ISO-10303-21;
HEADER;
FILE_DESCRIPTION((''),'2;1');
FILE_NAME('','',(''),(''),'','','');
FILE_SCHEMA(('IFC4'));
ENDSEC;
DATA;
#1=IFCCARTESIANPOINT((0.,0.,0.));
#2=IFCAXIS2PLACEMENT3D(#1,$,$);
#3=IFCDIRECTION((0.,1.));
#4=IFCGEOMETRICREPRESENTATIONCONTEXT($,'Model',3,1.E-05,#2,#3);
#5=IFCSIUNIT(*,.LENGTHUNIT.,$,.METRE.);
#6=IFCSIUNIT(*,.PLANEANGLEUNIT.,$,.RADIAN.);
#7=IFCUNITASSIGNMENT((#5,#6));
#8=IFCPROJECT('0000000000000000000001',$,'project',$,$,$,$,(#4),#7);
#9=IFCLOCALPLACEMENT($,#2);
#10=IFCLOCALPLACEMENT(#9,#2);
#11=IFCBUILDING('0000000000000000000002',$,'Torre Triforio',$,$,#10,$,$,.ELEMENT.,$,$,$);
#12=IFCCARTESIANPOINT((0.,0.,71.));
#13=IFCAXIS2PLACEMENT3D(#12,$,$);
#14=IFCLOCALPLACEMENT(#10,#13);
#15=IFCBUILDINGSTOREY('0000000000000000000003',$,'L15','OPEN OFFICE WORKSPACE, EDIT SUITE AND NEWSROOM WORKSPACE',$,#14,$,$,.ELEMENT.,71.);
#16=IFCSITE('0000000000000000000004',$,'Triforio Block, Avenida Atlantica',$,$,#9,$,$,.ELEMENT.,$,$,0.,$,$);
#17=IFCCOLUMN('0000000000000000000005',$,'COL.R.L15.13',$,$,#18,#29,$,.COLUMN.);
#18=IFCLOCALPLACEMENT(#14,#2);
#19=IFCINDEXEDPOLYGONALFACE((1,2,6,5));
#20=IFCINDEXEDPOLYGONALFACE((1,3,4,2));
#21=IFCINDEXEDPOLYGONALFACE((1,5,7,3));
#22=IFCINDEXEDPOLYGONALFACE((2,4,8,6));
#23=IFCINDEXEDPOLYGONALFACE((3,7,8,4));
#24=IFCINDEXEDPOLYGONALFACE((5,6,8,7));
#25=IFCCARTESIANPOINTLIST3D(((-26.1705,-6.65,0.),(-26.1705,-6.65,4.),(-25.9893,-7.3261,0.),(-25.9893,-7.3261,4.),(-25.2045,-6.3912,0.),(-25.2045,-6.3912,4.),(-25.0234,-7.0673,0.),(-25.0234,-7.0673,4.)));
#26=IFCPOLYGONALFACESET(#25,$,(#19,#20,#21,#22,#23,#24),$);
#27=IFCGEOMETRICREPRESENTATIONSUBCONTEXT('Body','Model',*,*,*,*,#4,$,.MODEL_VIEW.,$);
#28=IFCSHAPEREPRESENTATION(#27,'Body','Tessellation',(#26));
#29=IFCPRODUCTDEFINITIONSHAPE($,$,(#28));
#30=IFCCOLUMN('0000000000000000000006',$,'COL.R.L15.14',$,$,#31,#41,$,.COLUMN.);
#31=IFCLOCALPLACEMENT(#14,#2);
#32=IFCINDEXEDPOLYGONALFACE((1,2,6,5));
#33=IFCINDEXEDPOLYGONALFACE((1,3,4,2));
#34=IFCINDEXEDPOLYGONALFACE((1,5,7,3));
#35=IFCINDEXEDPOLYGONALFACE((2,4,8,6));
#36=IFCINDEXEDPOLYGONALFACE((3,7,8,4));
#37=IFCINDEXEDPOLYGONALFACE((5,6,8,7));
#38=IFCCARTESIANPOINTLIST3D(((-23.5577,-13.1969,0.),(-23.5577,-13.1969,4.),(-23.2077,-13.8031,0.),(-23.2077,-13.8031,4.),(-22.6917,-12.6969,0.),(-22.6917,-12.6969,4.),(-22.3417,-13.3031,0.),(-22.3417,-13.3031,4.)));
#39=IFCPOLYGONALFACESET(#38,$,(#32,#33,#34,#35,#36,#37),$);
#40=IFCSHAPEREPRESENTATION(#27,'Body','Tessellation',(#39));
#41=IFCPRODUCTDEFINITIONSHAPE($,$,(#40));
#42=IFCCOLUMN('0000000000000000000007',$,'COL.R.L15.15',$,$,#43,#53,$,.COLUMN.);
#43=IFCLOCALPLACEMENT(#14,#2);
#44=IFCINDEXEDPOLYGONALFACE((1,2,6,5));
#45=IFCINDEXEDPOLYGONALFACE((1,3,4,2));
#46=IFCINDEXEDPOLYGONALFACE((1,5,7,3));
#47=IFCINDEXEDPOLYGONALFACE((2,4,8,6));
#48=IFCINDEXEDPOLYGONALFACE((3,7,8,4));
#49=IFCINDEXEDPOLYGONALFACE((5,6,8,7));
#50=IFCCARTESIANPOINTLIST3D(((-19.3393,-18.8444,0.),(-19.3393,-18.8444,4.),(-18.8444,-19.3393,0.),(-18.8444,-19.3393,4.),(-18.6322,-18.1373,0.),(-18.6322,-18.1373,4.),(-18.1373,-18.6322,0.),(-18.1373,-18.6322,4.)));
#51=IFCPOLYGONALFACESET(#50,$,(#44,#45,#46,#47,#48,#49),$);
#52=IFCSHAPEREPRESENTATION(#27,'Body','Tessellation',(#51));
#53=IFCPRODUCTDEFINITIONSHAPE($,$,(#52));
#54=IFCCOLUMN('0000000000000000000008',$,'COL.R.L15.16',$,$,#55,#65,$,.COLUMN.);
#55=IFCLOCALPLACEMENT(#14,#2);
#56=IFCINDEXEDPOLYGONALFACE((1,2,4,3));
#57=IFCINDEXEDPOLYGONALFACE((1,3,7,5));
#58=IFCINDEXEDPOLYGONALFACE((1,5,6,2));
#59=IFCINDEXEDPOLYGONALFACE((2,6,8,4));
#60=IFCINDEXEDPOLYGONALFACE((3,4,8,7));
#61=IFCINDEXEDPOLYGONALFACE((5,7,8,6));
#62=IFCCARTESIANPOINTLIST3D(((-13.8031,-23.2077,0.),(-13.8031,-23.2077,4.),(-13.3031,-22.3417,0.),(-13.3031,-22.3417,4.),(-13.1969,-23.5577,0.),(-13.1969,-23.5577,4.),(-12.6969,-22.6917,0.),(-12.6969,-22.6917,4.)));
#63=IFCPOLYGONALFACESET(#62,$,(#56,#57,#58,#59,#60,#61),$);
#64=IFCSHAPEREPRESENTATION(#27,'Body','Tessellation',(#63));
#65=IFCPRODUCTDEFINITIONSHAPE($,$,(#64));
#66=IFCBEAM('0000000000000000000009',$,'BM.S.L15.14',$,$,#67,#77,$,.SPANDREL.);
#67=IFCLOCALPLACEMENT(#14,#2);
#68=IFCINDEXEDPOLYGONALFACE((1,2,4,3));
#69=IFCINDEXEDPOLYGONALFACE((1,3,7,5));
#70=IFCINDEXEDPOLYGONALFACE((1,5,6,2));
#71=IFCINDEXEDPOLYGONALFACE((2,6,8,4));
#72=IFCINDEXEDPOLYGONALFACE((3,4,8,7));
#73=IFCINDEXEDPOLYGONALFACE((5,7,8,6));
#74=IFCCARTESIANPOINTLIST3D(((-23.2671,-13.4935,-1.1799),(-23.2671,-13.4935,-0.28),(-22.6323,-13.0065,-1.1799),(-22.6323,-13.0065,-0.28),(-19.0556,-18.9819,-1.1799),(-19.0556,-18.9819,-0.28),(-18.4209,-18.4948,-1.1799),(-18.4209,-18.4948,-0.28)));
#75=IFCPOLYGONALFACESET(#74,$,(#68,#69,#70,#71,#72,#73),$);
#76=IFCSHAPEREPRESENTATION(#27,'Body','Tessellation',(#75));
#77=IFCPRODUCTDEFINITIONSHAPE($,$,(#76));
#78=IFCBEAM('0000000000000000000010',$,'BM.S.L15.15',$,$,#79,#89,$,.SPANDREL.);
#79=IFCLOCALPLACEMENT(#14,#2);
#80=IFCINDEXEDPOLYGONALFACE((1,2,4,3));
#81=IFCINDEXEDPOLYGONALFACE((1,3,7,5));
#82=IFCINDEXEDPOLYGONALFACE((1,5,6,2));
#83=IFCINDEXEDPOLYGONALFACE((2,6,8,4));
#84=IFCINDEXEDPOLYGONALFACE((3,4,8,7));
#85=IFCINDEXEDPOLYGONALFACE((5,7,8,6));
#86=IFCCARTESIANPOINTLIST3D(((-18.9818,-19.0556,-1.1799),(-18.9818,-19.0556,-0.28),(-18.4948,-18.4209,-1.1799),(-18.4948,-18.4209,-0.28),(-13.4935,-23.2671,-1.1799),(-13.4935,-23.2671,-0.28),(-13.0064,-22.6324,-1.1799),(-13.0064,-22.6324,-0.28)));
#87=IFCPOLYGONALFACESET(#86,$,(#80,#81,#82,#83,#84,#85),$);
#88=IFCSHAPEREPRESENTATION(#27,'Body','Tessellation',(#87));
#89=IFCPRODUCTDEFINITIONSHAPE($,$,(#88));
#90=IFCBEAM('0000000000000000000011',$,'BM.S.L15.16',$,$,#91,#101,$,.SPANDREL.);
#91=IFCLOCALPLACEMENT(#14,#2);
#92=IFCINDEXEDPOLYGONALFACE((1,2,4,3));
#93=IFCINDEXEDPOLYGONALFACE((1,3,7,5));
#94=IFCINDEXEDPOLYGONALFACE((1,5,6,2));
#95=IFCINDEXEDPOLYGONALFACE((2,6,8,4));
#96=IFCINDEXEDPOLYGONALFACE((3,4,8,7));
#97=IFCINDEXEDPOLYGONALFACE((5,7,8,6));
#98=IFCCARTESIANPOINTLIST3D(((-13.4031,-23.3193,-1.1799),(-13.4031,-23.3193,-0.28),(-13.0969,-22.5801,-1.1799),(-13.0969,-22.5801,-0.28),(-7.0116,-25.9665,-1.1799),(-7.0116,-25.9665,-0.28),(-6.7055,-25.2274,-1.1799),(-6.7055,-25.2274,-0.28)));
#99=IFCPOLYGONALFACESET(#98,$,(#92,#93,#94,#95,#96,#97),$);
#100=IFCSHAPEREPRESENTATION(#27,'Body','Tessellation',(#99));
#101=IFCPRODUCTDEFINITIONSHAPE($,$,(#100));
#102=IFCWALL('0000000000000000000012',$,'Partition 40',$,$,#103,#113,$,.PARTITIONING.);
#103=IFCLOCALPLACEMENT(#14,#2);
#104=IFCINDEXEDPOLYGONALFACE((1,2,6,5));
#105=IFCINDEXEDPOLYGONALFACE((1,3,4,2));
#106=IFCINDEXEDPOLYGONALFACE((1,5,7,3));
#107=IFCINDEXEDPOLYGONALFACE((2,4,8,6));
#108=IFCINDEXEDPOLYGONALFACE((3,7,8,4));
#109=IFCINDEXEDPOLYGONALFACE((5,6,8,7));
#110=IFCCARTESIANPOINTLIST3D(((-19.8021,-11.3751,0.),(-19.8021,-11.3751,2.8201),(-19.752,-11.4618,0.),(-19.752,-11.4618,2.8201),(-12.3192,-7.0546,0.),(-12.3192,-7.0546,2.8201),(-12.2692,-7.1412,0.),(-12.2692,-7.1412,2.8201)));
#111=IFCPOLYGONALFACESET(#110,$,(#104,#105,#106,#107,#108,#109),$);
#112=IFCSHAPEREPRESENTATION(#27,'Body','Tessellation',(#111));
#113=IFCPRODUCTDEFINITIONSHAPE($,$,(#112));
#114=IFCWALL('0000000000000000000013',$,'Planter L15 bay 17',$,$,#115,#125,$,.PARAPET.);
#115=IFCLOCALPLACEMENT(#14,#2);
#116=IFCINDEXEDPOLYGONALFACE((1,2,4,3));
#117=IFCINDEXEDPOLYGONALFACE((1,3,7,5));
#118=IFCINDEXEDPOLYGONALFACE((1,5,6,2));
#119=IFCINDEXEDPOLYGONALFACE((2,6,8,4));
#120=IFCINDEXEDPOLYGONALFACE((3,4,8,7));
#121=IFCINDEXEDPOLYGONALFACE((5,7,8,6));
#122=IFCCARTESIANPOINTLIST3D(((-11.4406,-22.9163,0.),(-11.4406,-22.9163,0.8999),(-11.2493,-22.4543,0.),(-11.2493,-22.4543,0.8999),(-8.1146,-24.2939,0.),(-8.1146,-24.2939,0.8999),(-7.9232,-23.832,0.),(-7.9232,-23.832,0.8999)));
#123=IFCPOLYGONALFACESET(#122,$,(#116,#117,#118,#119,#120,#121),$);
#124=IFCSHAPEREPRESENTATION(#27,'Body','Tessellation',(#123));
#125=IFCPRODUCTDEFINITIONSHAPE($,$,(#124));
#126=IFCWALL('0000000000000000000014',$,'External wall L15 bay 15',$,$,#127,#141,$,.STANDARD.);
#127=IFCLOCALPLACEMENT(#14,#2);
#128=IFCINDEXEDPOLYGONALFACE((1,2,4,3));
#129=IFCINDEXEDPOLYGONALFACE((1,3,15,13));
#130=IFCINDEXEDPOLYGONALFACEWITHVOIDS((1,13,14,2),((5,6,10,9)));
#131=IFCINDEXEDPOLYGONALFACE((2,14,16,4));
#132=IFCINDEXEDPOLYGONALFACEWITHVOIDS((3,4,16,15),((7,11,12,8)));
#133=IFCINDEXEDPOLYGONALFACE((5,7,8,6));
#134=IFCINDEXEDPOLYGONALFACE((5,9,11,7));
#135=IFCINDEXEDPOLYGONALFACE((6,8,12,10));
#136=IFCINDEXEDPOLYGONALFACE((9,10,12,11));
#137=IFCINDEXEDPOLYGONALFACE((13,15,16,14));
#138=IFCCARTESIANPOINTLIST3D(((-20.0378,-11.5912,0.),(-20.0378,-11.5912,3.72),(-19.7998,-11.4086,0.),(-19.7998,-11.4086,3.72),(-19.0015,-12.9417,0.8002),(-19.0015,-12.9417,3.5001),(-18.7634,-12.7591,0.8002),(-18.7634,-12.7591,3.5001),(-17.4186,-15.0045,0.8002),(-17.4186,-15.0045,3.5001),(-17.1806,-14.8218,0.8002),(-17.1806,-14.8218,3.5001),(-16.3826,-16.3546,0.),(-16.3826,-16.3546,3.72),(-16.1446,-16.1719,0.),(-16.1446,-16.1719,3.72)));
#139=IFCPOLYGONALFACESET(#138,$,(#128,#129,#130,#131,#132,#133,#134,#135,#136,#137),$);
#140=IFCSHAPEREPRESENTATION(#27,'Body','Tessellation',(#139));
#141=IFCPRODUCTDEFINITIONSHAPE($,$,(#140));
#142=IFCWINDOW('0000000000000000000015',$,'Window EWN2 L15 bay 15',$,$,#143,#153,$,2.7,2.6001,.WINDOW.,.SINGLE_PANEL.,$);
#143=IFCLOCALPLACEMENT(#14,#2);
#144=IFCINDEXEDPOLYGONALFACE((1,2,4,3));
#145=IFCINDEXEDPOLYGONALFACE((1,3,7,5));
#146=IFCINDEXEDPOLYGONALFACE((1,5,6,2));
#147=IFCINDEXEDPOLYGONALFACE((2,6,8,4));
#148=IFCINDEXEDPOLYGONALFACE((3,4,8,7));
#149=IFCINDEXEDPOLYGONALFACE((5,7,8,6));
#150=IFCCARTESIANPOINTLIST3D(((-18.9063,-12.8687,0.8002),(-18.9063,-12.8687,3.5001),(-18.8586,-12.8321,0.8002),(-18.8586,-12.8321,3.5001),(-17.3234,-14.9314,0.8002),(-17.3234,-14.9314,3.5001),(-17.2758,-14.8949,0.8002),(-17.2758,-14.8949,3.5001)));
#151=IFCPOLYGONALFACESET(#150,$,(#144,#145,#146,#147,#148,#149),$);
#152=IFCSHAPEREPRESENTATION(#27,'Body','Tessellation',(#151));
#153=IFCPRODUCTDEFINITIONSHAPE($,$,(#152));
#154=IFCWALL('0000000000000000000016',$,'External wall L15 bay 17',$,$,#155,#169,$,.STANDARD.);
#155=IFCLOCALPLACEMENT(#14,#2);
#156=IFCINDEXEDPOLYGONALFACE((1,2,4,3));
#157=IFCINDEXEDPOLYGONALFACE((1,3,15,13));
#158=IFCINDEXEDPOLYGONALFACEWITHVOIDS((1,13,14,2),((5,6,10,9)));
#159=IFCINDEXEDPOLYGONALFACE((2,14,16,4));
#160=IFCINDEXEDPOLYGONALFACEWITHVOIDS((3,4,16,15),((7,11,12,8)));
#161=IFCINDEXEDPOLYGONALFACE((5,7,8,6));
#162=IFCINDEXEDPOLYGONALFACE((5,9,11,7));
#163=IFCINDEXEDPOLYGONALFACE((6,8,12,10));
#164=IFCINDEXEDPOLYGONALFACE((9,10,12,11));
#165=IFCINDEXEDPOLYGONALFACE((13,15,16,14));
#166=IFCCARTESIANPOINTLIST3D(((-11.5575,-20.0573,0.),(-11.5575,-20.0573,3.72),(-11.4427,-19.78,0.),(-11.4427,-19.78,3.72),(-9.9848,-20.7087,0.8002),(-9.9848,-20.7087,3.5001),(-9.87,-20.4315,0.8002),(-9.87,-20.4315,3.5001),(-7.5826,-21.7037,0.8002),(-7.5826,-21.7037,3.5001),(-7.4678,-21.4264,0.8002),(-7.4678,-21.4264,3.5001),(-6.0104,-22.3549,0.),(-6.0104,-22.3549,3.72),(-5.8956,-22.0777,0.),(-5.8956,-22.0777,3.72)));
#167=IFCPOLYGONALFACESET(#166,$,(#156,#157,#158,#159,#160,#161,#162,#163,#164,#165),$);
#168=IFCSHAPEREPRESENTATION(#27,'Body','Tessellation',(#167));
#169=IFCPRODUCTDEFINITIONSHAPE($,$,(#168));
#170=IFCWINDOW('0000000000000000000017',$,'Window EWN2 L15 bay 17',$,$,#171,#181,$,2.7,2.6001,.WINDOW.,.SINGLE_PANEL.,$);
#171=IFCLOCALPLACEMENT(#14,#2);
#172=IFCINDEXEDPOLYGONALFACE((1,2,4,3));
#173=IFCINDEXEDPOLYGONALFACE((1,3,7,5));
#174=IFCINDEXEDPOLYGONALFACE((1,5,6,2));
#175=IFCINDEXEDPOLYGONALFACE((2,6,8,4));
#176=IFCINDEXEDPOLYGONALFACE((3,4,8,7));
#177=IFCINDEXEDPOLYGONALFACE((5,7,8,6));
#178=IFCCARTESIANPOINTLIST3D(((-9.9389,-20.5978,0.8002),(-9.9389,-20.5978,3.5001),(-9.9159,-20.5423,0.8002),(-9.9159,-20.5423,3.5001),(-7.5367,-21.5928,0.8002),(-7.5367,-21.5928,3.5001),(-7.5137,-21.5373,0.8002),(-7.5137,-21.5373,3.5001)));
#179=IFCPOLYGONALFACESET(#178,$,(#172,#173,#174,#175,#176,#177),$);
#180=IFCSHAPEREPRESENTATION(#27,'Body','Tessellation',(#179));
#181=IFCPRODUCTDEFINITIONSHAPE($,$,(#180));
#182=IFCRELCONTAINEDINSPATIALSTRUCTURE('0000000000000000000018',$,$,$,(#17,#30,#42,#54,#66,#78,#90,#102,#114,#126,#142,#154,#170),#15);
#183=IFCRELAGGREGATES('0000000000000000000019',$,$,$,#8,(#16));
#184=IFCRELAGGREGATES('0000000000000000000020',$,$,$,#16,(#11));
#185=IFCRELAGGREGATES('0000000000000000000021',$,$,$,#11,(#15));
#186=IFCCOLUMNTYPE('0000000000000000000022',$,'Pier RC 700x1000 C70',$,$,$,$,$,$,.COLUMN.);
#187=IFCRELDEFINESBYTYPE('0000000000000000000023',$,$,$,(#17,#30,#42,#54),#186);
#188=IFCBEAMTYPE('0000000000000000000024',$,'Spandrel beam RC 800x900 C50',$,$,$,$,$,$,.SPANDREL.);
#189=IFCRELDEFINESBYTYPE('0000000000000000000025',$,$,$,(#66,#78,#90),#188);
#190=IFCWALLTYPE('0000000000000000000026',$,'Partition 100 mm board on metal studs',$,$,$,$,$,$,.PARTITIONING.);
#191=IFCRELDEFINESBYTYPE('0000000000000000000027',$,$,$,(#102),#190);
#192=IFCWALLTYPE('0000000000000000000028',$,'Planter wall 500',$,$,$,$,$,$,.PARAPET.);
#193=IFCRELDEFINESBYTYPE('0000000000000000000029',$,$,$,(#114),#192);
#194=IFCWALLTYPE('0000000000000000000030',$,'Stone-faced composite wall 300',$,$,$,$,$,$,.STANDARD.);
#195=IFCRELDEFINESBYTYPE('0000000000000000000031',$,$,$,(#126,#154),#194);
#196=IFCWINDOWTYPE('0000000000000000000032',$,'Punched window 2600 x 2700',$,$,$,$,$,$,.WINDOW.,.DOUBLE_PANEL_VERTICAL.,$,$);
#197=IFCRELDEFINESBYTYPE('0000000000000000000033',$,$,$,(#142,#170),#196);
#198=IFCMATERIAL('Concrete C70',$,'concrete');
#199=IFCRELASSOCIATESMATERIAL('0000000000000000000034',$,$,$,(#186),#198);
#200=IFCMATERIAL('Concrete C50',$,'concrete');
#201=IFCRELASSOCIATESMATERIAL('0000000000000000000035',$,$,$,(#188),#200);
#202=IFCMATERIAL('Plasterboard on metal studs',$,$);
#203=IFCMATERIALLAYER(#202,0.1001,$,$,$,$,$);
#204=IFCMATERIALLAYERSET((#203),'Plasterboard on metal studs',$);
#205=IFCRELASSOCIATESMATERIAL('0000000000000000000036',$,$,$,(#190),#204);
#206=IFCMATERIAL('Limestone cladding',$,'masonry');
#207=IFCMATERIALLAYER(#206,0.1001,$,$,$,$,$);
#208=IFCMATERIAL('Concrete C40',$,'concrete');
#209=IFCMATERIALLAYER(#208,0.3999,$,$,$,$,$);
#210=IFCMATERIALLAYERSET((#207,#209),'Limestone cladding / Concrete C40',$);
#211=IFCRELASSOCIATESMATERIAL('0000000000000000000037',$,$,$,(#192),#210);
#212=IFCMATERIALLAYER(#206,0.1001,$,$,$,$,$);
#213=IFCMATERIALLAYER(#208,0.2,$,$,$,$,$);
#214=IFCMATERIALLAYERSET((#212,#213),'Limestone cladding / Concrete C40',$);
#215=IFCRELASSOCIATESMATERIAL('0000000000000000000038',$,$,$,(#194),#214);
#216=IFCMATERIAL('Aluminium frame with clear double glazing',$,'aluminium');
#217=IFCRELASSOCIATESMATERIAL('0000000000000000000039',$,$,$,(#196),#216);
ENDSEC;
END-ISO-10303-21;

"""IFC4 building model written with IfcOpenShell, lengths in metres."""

from ifc_helpers import new_model, si_unit, direction, frame, frame_2d, origin, origin_2d, place, context, subcontext, project, spatial, rectangle, extrude, material, layer, layer_set, material_profile, profile_set, type_object, element, fill, save


model = new_model("IFC4")

# Units and contexts
model_context = context("Model", 3, precision=1e-05, world=origin(), true_north=direction((0.0, 1.0)))
body_context = subcontext(model_context, "Body", "Model", "MODEL_VIEW")
ifc_project = project(units=[si_unit("LENGTHUNIT", "METRE"), si_unit("PLANEANGLEUNIT", "RADIAN")], contexts=[model_context])

# Site, building, storey
site_placement = place(None, origin())
site = spatial("IfcSite", under=ifc_project, at=site_placement, Name="Triforio Block, Avenida Atlantica", CompositionType="ELEMENT", RefElevation=0.0)
building_placement = place(site_placement, origin())
building = spatial("IfcBuilding", under=site, at=building_placement, Name="Torre Triforio", CompositionType="ELEMENT")
storey_placement = place(building_placement, frame((0.0, 0.0, 71.0)))
storey = spatial("IfcBuildingStorey", under=building, at=storey_placement, Name="L15", Description="OPEN OFFICE WORKSPACE, EDIT SUITE AND NEWSROOM WORKSPACE", CompositionType="ELEMENT", Elevation=71.0)

# Columns
ifc_material_1 = material(Name="Concrete C70", Category="concrete")
ifc_material_profile_1 = material_profile(ifc_material_1, rectangle(XDim=0.7, YDim=1.0, at=origin_2d()), Name="RC 700x1000")
ifc_profile_set_1 = profile_set([ifc_material_profile_1], Name="Concrete C70")
column_type = type_object("IfcColumnType", Name="Pier RC 700x1000 C70", PredefinedType="COLUMN", material=ifc_profile_set_1)
for number, where, z_axis, x_axis, name in (
    (1, (-25.5969, -6.8586, 0.0), (0.0, 0.0, 1.0), (0.258819, -0.965926, 0.0), "COL.R.L15.13"),
    (2, (-22.9497, -13.25, 0.0), (0.0, 0.0, 1.0), (0.5, -0.866025, 0.0), "COL.R.L15.14"),
    (3, (-18.7383, -18.7383, 0.0), (0.0, 0.0, 1.0), (0.707107, -0.707107, 0.0), "COL.R.L15.15"),
    (4, (-13.25, -22.9497, 0.0), (0.0, 0.0, 1.0), (0.866025, -0.5, 0.0), "COL.R.L15.16"),
):
    element("IfcColumn", number, at=place(storey_placement, frame(where, z_axis=z_axis, x_axis=x_axis)), inside=storey, type_object=column_type, Name=name, PredefinedType="COLUMN", context=body_context, shape_type="SweptSolid", body=[
        extrude(rectangle(XDim=0.7, YDim=1.0, at=origin_2d()), origin(), (0.0, 0.0, 1.0), 4.0),
    ])

# Beams
ifc_material_2 = material(Name="Concrete C50", Category="concrete")
ifc_material_profile_2 = material_profile(ifc_material_2, rectangle(XDim=0.8, YDim=0.8999, at=origin_2d()), Name="RC 800x900")
ifc_profile_set_2 = profile_set([ifc_material_profile_2], Name="Concrete C50")
beam_type = type_object("IfcBeamType", Name="Spandrel beam RC 800x900 C50", PredefinedType="SPANDREL", material=ifc_profile_set_2)
for number, where, z_axis, x_axis, name in (
    (5, (-22.9497, -13.25, -0.73), (0.608772, -0.793345, 0.0), (0.793345, 0.608772, 0.0), "BM.S.L15.14"),
    (6, (-18.7383, -18.7383, -0.73), (0.793345, -0.608772, 0.0), (0.608772, 0.793345, 0.0), "BM.S.L15.15"),
    (7, (-13.25, -22.9497, -0.73), (0.923888, -0.382662, 0.0), (0.382662, 0.923888, 0.0), "BM.S.L15.16"),
):
    element("IfcBeam", number, at=place(storey_placement, frame(where, z_axis=z_axis, x_axis=x_axis)), inside=storey, type_object=beam_type, Name=name, PredefinedType="SPANDREL", context=body_context, shape_type="SweptSolid", body=[
        extrude(rectangle(XDim=0.8, YDim=0.8999, at=origin_2d()), origin(), (0.0, 0.0, 1.0), 6.918),
    ])

# Walls
ifc_material_3 = material(Name="Plasterboard on metal studs")
ifc_layer_1 = layer(ifc_material_3, 0.1001)
ifc_layer_set_1 = layer_set([ifc_layer_1], Name="Plasterboard on metal studs")
wall_type_1 = type_object("IfcWallType", Name="Partition 100 mm board on metal studs", PredefinedType="PARTITIONING", material=ifc_layer_set_1)
wall_1_placement = place(storey_placement, frame((-12.2942, -7.0979, 0.0), z_axis=(0.0, 0.0, 1.0), x_axis=(-0.866011, -0.500026, 0.0)))
element("IfcWall", 8, at=wall_1_placement, inside=storey, type_object=wall_type_1, Name="Partition 40", PredefinedType="PARTITIONING", context=body_context, shape_type="SweptSolid", body=[
    extrude(rectangle(XDim=8.6406, YDim=0.1001, at=frame_2d((4.3203, 0.0))), origin(), (0.0, 0.0, 1.0), 2.8201),
])
ifc_material_4 = material(Name="Limestone cladding", Category="masonry")
ifc_layer_2 = layer(ifc_material_4, 0.1001)
ifc_material_5 = material(Name="Concrete C40", Category="concrete")
ifc_layer_3 = layer(ifc_material_5, 0.3999)
ifc_layer_set_2 = layer_set([ifc_layer_2, ifc_layer_3], Name="Limestone cladding / Concrete C40")
wall_type_2 = type_object("IfcWallType", Name="Planter wall 500", PredefinedType="PARAPET", material=ifc_layer_set_2)
wall_2_placement = place(storey_placement, frame((-11.345, -22.6853, 0.0), z_axis=(0.0, 0.0, 1.0), x_axis=(0.923885, -0.382669, 0.0)))
element("IfcWall", 9, at=wall_2_placement, inside=storey, type_object=wall_type_2, Name="Planter L15 bay 17", PredefinedType="PARAPET", context=body_context, shape_type="SweptSolid", body=[
    extrude(rectangle(XDim=3.6001, YDim=0.5, at=frame_2d((1.8, 0.0))), origin(), (0.0, 0.0, 1.0), 0.8999),
])

# Wall, opening, window
ifc_layer_4 = layer(ifc_material_4, 0.1001)
ifc_layer_5 = layer(ifc_material_5, 0.2)
ifc_layer_set_3 = layer_set([ifc_layer_4, ifc_layer_5], Name="Limestone cladding / Concrete C40")
wall_type_3 = type_object("IfcWallType", Name="Stone-faced composite wall 300", PredefinedType="STANDARD", material=ifc_layer_set_3)
wall_3_placement = place(storey_placement, frame((-19.9187, -11.5, 0.0), z_axis=(0.0, 0.0, 1.0), x_axis=(0.608779, -0.79334, 0.0)))
wall_3 = element("IfcWall", 10, at=wall_3_placement, inside=storey, type_object=wall_type_3, Name="External wall L15 bay 15", PredefinedType="STANDARD", context=body_context, shape_type="SweptSolid", body=[
    extrude(rectangle(XDim=6.0042, YDim=0.3, at=frame_2d((3.002, 0.0))), origin(), (0.0, 0.0, 1.0), 3.72),
])
opening_1_placement = place(wall_3_placement, frame((1.7021, 0.0, 0.8)))
opening_1 = element("IfcOpeningElement", 11, at=opening_1_placement, cuts=wall_3, PredefinedType="OPENING", context=body_context, shape_type="SweptSolid", body=[
    extrude(rectangle(XDim=2.6001, YDim=2.7, at=frame_2d((1.3, 1.3501))), frame((0.0, 0.1599, 0.0), z_axis=(0.0, -1.0, 0.0), x_axis=(1.0, 0.0, 0.0)), (0.0, 0.0, 1.0), 0.3201),
])
ifc_material_6 = material(Name="Aluminium frame with clear double glazing", Category="aluminium")
window_type_1 = type_object("IfcWindowType", Name="Punched window 2600 x 2700", PartitioningType="DOUBLE_PANEL_VERTICAL", PredefinedType="WINDOW", material=ifc_material_6)
window_1_placement = place(opening_1_placement, origin())
window_1 = element("IfcWindow", 12, at=window_1_placement, inside=storey, type_object=window_type_1, Name="Window EWN2 L15 bay 15", OverallHeight=2.7, OverallWidth=2.6001, PartitioningType="SINGLE_PANEL", PredefinedType="WINDOW", context=body_context, shape_type="SweptSolid", body=[
    extrude(rectangle(XDim=2.6001, YDim=2.7, at=frame_2d((1.3, 1.3501))), frame((0.0, 0.03, 0.0), z_axis=(0.0, -1.0, 0.0), x_axis=(1.0, 0.0, 0.0)), (0.0, 0.0, 1.0), 0.0601),
])
fill(opening_1, window_1)

# Wall, opening, window
wall_4_placement = place(storey_placement, frame((-11.5, -19.9187, 0.0), z_axis=(0.0, 0.0, 1.0), x_axis=(0.923885, -0.382671, 0.0)))
wall_4 = element("IfcWall", 13, at=wall_4_placement, inside=storey, type_object=wall_type_3, Name="External wall L15 bay 17", PredefinedType="STANDARD", context=body_context, shape_type="SweptSolid", body=[
    extrude(rectangle(XDim=6.0042, YDim=0.3, at=frame_2d((3.002, 0.0))), origin(), (0.0, 0.0, 1.0), 3.72),
])
opening_2_placement = place(wall_4_placement, frame((1.7021, 0.0, 0.8)))
opening_2 = element("IfcOpeningElement", 14, at=opening_2_placement, cuts=wall_4, PredefinedType="OPENING", context=body_context, shape_type="SweptSolid", body=[
    extrude(rectangle(XDim=2.6001, YDim=2.7, at=frame_2d((1.3, 1.3501))), frame((0.0, 0.1599, 0.0), z_axis=(0.0, -1.0, 0.0), x_axis=(1.0, 0.0, 0.0)), (0.0, 0.0, 1.0), 0.3201),
])
window_2_placement = place(opening_2_placement, origin())
window_2 = element("IfcWindow", 15, at=window_2_placement, inside=storey, type_object=window_type_1, Name="Window EWN2 L15 bay 17", OverallHeight=2.7, OverallWidth=2.6001, PartitioningType="SINGLE_PANEL", PredefinedType="WINDOW", context=body_context, shape_type="SweptSolid", body=[
    extrude(rectangle(XDim=2.6001, YDim=2.7, at=frame_2d((1.3, 1.3501))), frame((0.0, 0.03, 0.0), z_axis=(0.0, -1.0, 0.0), x_axis=(1.0, 0.0, 0.0)), (0.0, 0.0, 1.0), 0.0601),
])
fill(opening_2, window_2)

save(model, "model.ifc")
